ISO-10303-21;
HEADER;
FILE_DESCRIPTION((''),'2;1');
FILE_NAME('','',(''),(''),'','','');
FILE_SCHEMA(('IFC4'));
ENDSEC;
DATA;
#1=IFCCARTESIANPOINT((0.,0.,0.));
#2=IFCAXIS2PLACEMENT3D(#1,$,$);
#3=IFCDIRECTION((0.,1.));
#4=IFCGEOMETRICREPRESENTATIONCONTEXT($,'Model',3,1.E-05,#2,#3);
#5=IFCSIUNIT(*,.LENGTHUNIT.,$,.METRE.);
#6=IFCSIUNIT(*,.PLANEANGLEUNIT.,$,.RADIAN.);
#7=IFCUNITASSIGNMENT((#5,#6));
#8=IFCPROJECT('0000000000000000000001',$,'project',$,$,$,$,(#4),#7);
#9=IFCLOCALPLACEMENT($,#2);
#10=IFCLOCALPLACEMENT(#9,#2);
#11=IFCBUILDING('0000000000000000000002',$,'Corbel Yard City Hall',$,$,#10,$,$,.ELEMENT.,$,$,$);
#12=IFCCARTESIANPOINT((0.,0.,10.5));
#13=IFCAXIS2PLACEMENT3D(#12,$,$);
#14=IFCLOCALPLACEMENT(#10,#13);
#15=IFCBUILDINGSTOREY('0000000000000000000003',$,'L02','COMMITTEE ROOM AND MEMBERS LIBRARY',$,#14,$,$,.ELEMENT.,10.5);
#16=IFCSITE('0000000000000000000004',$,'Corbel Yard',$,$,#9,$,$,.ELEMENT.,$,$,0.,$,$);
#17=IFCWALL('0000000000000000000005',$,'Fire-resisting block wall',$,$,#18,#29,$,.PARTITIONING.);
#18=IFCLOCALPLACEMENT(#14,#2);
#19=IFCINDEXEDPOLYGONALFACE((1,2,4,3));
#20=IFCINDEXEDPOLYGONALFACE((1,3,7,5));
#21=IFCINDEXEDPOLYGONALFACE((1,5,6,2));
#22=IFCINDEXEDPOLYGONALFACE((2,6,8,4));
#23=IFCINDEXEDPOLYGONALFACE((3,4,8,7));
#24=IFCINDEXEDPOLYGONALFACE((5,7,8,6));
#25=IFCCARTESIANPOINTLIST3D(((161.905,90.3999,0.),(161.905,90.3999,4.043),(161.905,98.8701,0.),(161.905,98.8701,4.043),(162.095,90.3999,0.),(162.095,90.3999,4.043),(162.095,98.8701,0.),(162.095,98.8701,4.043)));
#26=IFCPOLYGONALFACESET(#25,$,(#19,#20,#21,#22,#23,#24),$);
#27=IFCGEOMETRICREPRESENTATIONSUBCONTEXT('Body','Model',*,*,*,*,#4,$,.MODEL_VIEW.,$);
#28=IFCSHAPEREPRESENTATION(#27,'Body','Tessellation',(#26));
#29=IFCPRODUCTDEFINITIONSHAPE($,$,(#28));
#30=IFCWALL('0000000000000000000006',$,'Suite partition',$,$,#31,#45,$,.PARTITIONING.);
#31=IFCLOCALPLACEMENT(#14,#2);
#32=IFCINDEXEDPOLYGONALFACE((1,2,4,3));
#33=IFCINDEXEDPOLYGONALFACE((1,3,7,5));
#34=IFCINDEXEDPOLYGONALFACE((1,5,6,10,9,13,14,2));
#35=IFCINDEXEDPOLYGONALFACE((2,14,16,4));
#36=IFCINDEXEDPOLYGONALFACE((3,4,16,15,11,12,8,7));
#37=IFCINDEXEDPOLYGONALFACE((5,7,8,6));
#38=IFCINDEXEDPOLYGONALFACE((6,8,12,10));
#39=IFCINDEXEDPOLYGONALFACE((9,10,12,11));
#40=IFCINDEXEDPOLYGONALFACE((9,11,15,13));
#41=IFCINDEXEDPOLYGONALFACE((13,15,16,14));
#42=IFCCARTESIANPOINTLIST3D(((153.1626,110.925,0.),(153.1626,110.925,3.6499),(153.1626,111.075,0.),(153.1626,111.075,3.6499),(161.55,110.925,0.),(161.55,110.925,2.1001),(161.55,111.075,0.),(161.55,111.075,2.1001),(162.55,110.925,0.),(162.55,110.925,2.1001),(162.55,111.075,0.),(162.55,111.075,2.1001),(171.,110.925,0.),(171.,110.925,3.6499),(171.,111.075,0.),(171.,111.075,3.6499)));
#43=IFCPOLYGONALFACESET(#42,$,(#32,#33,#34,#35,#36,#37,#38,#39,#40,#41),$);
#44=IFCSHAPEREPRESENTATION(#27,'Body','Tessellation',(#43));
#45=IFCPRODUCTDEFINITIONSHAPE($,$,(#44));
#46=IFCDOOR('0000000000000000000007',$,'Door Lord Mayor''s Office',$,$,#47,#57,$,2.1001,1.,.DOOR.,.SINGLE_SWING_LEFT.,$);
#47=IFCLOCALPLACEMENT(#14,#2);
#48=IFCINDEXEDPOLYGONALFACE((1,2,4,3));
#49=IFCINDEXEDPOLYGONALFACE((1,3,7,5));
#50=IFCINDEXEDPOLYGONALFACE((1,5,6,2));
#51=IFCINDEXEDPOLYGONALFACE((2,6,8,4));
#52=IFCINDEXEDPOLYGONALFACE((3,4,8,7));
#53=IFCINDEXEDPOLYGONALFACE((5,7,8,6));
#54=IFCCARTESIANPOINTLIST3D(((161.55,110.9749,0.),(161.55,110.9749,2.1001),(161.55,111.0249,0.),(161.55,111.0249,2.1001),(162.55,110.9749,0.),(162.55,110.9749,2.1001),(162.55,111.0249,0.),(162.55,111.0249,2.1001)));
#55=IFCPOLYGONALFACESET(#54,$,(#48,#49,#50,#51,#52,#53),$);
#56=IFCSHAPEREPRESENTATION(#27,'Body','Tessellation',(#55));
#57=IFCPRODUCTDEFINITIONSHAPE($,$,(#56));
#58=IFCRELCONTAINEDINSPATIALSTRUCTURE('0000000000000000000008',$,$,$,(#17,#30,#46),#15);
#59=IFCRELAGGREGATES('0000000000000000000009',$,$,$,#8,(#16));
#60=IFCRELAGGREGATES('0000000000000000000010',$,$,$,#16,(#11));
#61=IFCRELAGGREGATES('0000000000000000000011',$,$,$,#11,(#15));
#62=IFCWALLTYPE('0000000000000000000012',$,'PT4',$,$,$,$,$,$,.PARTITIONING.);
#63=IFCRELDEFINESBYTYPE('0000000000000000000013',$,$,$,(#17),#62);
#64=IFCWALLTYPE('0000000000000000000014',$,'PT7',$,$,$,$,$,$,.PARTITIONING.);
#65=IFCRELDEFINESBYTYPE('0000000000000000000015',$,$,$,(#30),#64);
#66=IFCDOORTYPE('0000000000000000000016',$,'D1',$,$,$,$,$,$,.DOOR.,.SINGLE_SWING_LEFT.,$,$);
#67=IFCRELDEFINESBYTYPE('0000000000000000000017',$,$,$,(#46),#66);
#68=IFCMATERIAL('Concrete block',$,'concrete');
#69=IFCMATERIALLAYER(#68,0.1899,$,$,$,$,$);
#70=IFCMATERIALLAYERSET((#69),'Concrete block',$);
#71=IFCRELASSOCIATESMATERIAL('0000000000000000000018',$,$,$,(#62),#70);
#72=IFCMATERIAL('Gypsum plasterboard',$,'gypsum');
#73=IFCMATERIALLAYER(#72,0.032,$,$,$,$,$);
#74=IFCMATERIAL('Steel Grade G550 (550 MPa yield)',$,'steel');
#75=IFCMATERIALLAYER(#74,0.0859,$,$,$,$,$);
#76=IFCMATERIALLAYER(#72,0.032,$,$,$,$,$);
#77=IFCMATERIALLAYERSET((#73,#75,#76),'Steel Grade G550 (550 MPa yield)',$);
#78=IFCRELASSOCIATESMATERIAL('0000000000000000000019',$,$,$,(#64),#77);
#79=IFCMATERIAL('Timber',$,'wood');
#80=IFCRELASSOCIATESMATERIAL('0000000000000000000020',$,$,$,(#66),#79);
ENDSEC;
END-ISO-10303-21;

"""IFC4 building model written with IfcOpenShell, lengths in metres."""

from ifc_helpers import new_model, si_unit, direction, frame, frame_2d, origin, place, context, subcontext, project, spatial, rectangle, extrude, material, layer, layer_set, type_object, element, fill, save


model = new_model("IFC4")

# Units and contexts
model_context = context("Model", 3, precision=1e-05, world=origin(), true_north=direction((0.0, 1.0)))
body_context = subcontext(model_context, "Body", "Model", "MODEL_VIEW")
ifc_project = project(units=[si_unit("LENGTHUNIT", "METRE"), si_unit("PLANEANGLEUNIT", "RADIAN")], contexts=[model_context])

# Site, building, storey
site_placement = place(None, origin())
site = spatial("IfcSite", under=ifc_project, at=site_placement, Name="Corbel Yard", CompositionType="ELEMENT", RefElevation=0.0)
building_placement = place(site_placement, origin())
building = spatial("IfcBuilding", under=site, at=building_placement, Name="Corbel Yard City Hall", CompositionType="ELEMENT")
storey_placement = place(building_placement, frame((0.0, 0.0, 10.5)))
storey = spatial("IfcBuildingStorey", under=building, at=storey_placement, Name="L02", Description="COMMITTEE ROOM AND MEMBERS LIBRARY", CompositionType="ELEMENT", Elevation=10.5)

# Shared definitions
ifc_material_1 = material(Name="Gypsum plasterboard", Category="gypsum")
ifc_material_2 = material(Name="Steel Grade G550 (550 MPa yield)", Category="steel")
ifc_material_3 = material(Name="Timber", Category="wood")
ifc_material_4 = material(Name="Concrete block", Category="concrete")
ifc_layer_1 = layer(ifc_material_4, 0.1899)
ifc_layer_set_1 = layer_set([ifc_layer_1], Name="Concrete block")
wall_type_1 = type_object("IfcWallType", Name="PT4", PredefinedType="PARTITIONING", material=ifc_layer_set_1)

# Wall
wall_1_placement = place(storey_placement, frame((162.0, 90.3999, 0.0), z_axis=(0.0, 0.0, 1.0), x_axis=(0.0, 1.0, 0.0)))
element("IfcWall", 1, at=wall_1_placement, inside=storey, type_object=wall_type_1, Name="Fire-resisting block wall", PredefinedType="PARTITIONING", context=body_context, shape_type="SweptSolid", body=[
    extrude(rectangle(XDim=8.4702, YDim=0.1899, at=frame_2d((4.2351, 0.0))), origin(), (0.0, 0.0, 1.0), 4.043),
])

# Wall, opening, door
ifc_layer_2 = layer(ifc_material_1, 0.032)
ifc_layer_3 = layer(ifc_material_2, 0.0859)
ifc_layer_4 = layer(ifc_material_1, 0.032)
ifc_layer_set_2 = layer_set([ifc_layer_2, ifc_layer_3, ifc_layer_4], Name="Steel Grade G550 (550 MPa yield)")
wall_type_2 = type_object("IfcWallType", Name="PT7", PredefinedType="PARTITIONING", material=ifc_layer_set_2)
wall_2_placement = place(storey_placement, frame((153.1626, 111.0, 0.0), z_axis=(0.0, 0.0, 1.0), x_axis=(1.0, 0.0, 0.0)))
wall_2 = element("IfcWall", 2, at=wall_2_placement, inside=storey, type_object=wall_type_2, Name="Suite partition", PredefinedType="PARTITIONING", context=body_context, shape_type="SweptSolid", body=[
    extrude(rectangle(XDim=17.8374, YDim=0.1499, at=frame_2d((8.9187, 0.0))), origin(), (0.0, 0.0, 1.0), 3.6499),
])
opening_1_placement = place(wall_2_placement, frame((8.3875, 0.0, 0.0)))
opening_1 = element("IfcOpeningElement", 3, at=opening_1_placement, cuts=wall_2, PredefinedType="OPENING", context=body_context, shape_type="SweptSolid", body=[
    extrude(rectangle(XDim=1.0, YDim=2.1001, at=frame_2d((0.5, 1.05))), frame((0.0, 0.085, 0.0), z_axis=(0.0, -1.0, 0.0), x_axis=(1.0, 0.0, 0.0)), (0.0, 0.0, 1.0), 0.1699),
])
door_type_1 = type_object("IfcDoorType", Name="D1", OperationType="SINGLE_SWING_LEFT", PredefinedType="DOOR", material=ifc_material_3)
door_1_placement = place(opening_1_placement, origin())
door_1 = element("IfcDoor", 4, at=door_1_placement, inside=storey, type_object=door_type_1, Name="Door Lord Mayor's Office", OperationType="SINGLE_SWING_LEFT", OverallHeight=2.1001, OverallWidth=1.0, PredefinedType="DOOR", context=body_context, shape_type="SweptSolid", body=[
    extrude(rectangle(XDim=1.0, YDim=2.1001, at=frame_2d((0.5, 1.05))), frame((0.0, 0.0249, 0.0), z_axis=(0.0, -1.0, 0.0), x_axis=(1.0, 0.0, 0.0)), (0.0, 0.0, 1.0), 0.05),
])
fill(opening_1, door_1)

save(model, "model.ifc")
